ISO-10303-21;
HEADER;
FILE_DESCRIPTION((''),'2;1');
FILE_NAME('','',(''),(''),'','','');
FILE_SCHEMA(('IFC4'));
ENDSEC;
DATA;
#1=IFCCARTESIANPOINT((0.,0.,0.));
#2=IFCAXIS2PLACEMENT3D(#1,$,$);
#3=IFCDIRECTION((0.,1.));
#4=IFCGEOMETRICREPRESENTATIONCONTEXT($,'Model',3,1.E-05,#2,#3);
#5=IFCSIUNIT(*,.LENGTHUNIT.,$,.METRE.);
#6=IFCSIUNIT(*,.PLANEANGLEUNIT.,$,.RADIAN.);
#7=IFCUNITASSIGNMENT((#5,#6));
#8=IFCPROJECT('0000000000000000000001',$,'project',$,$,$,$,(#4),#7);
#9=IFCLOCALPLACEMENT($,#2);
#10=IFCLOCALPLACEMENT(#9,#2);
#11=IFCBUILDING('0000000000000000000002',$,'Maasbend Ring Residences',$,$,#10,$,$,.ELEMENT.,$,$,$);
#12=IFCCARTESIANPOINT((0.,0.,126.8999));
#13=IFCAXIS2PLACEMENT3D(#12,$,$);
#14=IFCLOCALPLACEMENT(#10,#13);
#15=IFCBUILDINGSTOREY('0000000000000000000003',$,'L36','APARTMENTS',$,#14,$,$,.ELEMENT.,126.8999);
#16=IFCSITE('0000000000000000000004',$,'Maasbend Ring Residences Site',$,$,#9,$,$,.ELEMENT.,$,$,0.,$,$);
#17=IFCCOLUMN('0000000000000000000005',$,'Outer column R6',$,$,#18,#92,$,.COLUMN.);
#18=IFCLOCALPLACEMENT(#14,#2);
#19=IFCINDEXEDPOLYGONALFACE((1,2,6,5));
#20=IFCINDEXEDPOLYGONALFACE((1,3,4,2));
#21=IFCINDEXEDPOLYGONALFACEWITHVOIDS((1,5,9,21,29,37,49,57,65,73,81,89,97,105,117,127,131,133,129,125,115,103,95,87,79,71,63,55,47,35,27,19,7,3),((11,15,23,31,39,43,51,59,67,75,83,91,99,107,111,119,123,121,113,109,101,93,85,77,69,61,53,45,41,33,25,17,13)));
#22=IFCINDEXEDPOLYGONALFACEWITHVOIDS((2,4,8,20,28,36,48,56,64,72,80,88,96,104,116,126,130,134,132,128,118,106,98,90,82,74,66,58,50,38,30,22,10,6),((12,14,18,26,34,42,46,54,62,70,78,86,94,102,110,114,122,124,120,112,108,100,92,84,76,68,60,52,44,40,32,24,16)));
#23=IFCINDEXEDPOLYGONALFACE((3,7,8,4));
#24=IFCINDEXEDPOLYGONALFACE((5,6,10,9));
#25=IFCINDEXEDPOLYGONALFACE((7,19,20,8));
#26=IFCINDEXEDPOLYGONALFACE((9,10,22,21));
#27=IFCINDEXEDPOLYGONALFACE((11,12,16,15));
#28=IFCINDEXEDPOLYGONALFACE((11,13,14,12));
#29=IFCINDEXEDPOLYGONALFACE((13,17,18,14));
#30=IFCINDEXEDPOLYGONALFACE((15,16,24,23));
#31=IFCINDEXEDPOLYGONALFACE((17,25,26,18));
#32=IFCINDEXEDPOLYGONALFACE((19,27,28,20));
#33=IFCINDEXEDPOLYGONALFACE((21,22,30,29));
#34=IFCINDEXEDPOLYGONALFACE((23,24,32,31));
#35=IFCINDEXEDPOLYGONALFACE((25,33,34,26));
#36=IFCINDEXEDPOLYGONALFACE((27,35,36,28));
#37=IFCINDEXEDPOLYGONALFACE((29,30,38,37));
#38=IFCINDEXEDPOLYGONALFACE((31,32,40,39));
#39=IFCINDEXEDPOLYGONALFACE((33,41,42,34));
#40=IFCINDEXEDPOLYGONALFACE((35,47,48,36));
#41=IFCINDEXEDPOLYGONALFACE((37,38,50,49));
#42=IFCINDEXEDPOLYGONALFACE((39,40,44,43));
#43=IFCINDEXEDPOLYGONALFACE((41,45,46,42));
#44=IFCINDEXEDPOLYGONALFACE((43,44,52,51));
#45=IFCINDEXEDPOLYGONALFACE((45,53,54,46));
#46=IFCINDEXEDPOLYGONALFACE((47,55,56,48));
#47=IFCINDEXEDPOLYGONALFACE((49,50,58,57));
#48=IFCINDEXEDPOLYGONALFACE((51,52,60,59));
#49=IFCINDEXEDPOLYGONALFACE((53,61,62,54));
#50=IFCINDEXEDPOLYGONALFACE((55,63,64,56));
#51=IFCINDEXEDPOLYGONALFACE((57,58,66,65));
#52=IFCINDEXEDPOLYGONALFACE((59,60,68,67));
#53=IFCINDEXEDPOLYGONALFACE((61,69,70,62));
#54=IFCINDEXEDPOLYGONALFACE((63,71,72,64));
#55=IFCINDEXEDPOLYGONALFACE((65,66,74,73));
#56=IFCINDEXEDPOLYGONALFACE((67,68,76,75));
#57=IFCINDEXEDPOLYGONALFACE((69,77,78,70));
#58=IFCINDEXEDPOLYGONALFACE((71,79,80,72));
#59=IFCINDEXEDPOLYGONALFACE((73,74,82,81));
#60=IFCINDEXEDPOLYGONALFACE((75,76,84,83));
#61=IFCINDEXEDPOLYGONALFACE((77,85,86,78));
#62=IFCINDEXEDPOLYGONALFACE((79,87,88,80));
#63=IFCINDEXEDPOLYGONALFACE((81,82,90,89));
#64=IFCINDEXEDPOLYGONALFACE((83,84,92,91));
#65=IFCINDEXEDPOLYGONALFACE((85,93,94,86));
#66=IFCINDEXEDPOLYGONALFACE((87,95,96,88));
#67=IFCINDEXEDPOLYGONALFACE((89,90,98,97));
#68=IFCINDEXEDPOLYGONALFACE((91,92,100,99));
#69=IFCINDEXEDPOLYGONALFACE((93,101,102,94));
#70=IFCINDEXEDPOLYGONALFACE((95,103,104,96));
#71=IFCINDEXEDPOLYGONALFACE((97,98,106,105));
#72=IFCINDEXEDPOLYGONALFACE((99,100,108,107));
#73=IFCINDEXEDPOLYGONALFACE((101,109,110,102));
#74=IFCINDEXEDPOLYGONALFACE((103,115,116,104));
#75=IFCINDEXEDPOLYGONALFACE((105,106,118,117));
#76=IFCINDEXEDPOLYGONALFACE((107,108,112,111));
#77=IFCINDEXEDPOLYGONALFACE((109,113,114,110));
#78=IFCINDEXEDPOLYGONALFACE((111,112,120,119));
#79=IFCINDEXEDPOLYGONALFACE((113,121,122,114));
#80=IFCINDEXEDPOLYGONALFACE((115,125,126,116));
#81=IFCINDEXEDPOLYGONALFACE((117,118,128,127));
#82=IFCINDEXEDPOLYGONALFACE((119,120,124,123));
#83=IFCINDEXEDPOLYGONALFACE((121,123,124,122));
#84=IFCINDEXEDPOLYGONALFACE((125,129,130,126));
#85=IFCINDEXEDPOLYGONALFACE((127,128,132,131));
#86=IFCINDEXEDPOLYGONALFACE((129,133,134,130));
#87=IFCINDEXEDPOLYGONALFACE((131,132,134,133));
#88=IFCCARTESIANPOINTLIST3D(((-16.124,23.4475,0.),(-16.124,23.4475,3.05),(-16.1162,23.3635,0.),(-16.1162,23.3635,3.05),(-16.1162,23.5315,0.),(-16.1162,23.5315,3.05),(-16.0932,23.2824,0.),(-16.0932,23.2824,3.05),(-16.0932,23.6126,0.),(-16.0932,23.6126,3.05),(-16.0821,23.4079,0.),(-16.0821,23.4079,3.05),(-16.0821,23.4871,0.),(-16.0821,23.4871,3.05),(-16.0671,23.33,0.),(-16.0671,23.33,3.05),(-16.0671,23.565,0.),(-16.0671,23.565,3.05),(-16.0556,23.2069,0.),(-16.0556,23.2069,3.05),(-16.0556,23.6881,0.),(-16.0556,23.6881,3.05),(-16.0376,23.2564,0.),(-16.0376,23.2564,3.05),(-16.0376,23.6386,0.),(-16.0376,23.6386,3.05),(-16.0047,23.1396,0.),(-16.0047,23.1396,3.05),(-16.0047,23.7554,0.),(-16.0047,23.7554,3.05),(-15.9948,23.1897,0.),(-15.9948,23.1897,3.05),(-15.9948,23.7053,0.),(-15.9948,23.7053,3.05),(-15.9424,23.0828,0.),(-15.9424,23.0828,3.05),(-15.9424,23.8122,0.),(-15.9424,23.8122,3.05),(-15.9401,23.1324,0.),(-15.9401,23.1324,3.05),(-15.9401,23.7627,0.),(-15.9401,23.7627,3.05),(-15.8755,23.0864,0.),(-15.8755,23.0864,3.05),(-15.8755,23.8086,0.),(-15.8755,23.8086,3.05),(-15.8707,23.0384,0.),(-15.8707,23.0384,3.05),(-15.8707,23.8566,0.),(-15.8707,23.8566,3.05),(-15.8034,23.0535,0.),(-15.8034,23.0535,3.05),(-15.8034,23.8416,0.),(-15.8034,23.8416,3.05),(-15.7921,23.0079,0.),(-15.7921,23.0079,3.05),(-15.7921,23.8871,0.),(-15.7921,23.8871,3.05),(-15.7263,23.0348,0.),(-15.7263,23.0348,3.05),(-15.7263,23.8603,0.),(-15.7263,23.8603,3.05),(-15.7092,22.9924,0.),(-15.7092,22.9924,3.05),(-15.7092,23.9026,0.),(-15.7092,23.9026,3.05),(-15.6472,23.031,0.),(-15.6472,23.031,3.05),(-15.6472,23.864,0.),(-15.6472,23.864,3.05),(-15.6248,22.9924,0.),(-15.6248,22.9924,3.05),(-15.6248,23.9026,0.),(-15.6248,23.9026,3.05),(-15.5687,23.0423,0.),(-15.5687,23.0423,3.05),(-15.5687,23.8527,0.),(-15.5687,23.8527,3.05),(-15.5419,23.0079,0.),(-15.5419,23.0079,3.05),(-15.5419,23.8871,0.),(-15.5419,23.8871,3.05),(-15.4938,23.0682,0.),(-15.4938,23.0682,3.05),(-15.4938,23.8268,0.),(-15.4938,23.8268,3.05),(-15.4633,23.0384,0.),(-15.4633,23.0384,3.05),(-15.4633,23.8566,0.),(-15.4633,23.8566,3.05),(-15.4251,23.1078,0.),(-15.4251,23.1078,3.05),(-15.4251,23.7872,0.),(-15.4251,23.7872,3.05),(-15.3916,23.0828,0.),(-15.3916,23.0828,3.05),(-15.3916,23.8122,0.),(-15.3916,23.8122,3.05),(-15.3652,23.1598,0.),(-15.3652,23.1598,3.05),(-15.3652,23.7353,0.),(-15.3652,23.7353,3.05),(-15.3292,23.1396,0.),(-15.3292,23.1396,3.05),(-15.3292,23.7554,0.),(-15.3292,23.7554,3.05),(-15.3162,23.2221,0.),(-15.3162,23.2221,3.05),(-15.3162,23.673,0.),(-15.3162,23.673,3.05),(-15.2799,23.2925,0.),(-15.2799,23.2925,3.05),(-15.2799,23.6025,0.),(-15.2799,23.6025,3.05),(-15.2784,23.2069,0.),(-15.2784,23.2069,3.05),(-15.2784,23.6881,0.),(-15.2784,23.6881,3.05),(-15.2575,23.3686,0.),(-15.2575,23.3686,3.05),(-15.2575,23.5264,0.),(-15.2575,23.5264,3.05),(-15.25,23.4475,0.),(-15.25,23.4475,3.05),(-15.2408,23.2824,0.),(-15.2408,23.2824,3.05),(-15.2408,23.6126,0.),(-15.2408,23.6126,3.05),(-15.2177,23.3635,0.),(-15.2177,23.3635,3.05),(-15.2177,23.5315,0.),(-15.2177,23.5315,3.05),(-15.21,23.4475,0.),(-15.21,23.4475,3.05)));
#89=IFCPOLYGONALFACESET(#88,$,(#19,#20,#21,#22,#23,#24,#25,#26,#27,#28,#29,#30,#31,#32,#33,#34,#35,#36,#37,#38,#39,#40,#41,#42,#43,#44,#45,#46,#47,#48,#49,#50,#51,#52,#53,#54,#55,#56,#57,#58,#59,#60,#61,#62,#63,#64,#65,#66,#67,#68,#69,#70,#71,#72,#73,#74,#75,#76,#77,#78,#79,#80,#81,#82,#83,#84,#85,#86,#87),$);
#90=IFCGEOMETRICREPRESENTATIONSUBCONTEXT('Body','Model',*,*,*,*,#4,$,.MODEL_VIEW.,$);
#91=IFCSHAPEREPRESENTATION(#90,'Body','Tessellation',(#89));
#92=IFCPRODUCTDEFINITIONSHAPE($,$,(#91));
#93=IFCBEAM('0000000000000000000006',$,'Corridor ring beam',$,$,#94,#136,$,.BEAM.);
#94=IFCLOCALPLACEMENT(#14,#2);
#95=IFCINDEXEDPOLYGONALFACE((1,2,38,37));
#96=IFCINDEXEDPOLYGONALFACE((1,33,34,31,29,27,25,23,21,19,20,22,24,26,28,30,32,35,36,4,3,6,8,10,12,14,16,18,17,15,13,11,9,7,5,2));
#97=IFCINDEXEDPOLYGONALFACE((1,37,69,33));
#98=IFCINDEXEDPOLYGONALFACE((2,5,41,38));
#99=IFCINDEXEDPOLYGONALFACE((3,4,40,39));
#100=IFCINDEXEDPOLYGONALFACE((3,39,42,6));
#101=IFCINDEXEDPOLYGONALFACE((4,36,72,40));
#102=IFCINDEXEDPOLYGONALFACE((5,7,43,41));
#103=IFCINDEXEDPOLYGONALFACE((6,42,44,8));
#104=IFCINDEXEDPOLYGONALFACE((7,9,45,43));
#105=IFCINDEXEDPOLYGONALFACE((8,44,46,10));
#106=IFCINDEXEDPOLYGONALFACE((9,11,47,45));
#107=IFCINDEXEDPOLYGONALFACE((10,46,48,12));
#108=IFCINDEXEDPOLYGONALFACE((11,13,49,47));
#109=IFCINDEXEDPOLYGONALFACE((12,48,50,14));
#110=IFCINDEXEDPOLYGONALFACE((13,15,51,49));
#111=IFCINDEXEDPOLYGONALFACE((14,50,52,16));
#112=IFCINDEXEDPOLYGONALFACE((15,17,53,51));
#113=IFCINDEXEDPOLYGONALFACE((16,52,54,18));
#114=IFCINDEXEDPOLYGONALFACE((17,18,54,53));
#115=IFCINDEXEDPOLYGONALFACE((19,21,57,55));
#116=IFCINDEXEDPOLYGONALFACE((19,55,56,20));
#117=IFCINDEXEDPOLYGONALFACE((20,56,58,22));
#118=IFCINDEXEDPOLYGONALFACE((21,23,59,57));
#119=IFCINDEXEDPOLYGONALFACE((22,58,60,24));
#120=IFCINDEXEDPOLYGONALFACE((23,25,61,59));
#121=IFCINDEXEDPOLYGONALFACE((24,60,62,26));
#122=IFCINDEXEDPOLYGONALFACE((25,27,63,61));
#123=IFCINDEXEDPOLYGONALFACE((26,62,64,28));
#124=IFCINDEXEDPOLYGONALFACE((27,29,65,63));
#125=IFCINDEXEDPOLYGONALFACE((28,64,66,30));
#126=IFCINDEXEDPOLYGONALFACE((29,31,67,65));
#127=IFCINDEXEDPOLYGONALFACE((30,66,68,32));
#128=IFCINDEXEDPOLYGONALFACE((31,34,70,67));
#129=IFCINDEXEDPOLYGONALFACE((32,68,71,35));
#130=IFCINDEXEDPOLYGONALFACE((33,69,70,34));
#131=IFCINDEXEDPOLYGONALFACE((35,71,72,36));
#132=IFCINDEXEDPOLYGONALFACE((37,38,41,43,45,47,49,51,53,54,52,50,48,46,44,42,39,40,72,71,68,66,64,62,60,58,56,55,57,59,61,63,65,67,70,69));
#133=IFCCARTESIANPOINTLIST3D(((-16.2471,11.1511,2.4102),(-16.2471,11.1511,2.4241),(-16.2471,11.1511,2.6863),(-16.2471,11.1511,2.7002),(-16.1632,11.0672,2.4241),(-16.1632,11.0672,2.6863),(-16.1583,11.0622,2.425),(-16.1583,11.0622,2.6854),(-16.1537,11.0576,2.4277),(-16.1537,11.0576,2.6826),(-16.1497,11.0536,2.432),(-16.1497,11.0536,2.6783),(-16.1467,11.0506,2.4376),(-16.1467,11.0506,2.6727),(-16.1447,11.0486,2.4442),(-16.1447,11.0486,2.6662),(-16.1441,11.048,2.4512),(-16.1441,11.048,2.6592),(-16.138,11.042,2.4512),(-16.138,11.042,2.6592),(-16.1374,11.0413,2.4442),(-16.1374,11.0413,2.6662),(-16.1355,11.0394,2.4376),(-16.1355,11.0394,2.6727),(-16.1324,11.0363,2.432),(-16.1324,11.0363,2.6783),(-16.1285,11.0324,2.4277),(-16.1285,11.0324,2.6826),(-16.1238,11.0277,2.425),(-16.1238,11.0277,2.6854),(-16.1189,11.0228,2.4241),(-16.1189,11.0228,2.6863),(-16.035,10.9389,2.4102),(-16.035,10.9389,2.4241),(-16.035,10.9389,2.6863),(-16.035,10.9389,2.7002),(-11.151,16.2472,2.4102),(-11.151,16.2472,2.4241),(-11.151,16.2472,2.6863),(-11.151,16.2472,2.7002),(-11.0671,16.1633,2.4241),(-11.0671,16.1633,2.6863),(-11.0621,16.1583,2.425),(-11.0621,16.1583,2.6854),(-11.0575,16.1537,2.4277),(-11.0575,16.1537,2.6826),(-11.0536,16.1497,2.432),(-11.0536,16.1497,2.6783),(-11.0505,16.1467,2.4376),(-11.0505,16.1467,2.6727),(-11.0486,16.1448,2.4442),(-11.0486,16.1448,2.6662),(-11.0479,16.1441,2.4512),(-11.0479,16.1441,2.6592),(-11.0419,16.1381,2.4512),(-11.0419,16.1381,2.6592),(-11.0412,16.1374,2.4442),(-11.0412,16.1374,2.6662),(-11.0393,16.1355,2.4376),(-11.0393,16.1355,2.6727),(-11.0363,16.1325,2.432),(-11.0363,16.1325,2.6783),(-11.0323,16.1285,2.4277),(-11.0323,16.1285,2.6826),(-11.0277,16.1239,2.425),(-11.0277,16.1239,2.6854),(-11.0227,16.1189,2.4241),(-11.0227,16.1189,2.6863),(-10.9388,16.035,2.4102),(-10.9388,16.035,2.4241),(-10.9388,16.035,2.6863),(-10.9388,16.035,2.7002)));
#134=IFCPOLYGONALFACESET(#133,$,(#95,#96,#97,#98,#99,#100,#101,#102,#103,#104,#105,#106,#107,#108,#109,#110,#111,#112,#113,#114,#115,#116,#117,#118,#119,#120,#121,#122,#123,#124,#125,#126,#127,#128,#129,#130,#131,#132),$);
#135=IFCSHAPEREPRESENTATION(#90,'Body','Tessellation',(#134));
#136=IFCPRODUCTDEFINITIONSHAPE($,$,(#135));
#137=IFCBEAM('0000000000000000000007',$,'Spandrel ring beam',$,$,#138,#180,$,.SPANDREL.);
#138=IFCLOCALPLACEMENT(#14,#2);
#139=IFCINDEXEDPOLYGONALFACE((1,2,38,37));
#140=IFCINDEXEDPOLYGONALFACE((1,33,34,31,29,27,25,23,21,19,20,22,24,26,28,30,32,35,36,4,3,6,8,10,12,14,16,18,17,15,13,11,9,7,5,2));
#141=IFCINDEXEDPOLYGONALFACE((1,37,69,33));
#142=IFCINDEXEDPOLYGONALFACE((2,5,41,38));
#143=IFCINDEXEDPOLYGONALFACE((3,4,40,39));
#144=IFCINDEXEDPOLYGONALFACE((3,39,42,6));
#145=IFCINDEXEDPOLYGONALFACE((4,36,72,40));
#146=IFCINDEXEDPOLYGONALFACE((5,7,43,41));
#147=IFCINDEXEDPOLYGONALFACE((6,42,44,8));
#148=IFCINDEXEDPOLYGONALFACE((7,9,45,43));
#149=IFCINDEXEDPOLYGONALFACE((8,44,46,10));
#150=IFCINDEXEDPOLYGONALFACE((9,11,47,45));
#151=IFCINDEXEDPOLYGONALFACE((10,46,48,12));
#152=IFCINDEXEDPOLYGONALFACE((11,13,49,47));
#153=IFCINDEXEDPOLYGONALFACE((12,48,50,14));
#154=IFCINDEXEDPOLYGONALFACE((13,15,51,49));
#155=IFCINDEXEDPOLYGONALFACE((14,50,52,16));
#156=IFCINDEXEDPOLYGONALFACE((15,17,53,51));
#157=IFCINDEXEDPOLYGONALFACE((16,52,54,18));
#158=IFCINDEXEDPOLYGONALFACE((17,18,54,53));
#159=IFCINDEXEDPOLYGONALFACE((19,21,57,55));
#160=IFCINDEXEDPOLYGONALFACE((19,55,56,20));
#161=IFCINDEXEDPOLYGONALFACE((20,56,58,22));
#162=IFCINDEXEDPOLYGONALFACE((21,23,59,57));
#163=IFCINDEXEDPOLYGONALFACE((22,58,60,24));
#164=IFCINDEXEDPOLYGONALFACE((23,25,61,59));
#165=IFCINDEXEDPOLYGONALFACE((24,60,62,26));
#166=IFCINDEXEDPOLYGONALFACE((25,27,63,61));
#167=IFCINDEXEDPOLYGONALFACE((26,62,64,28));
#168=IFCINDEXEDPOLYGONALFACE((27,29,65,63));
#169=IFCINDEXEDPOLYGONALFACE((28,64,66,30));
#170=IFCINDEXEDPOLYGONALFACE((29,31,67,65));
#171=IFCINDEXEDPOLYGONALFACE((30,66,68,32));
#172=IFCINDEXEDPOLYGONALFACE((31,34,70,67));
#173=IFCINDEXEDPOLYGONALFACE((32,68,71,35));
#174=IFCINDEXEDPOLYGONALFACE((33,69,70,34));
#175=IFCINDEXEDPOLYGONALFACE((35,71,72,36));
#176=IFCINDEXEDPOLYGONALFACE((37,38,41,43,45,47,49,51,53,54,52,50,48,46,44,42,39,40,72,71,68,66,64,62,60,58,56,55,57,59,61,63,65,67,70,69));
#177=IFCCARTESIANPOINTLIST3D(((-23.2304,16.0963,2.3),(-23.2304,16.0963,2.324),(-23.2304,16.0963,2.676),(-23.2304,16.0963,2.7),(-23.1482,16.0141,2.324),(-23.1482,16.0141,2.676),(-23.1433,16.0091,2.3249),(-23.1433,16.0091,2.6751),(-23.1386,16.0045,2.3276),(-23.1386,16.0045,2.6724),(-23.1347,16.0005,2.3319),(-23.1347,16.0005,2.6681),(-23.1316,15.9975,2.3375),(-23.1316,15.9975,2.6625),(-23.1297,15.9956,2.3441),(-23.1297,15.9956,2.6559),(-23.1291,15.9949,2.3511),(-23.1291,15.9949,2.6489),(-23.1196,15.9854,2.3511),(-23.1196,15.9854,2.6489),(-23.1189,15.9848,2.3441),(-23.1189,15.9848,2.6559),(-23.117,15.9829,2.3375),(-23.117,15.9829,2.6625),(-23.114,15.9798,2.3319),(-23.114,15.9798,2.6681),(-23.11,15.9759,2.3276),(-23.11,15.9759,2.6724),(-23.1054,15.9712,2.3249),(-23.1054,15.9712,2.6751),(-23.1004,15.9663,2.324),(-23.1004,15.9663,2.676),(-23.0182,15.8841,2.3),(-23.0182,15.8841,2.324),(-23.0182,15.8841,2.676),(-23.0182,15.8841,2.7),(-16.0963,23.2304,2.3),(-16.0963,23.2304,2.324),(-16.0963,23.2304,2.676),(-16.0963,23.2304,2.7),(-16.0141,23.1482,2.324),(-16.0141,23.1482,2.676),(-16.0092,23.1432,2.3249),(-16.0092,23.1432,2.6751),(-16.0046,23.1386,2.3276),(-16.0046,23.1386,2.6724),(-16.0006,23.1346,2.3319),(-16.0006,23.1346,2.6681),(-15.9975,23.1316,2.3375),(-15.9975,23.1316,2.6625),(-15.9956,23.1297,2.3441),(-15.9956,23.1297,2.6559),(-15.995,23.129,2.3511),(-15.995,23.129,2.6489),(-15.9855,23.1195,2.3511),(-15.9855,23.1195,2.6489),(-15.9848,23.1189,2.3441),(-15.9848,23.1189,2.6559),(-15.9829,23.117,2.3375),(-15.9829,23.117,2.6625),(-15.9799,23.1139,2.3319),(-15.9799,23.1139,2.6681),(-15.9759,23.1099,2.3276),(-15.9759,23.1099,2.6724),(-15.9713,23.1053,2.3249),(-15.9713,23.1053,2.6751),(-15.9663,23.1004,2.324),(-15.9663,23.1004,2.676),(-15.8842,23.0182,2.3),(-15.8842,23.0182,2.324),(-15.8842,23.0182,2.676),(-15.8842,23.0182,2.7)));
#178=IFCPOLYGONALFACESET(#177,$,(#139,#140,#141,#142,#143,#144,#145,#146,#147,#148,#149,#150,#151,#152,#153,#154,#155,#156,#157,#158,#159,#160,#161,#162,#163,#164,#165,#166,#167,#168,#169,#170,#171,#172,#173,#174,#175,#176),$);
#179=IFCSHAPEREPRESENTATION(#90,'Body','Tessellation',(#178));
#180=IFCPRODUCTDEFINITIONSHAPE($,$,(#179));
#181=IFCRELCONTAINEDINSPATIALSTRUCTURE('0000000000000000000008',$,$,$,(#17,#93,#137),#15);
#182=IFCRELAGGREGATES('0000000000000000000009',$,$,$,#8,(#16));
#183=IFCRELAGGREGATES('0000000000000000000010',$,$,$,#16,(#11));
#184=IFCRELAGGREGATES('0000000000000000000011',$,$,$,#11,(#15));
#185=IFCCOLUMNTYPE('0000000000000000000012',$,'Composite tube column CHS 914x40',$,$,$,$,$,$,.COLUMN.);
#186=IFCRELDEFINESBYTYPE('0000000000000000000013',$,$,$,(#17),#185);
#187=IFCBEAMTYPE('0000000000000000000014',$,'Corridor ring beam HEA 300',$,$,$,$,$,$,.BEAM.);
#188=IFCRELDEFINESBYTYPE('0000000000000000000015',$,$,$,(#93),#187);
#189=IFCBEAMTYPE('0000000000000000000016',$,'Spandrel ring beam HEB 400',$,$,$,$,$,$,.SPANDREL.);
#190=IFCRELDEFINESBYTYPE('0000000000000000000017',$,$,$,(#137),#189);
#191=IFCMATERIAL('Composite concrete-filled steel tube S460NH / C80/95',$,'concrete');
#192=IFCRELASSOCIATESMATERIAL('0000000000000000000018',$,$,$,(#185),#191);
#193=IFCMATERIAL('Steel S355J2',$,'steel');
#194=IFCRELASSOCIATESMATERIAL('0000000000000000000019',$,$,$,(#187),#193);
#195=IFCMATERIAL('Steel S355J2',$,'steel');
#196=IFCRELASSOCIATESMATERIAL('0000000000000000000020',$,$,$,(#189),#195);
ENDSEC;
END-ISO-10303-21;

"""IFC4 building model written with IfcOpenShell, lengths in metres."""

from ifc_helpers import new_model, si_unit, direction, frame, origin, origin_2d, place, context, subcontext, project, spatial, hollow_circle, i_section, extrude, material, material_profile, profile_set, type_object, element, save


model = new_model("IFC4")

# Units and contexts
model_context = context("Model", 3, precision=1e-05, world=origin(), true_north=direction((0.0, 1.0)))
body_context = subcontext(model_context, "Body", "Model", "MODEL_VIEW")
ifc_project = project(units=[si_unit("LENGTHUNIT", "METRE"), si_unit("PLANEANGLEUNIT", "RADIAN")], contexts=[model_context])

# Site, building, storey
site_placement = place(None, origin())
site = spatial("IfcSite", under=ifc_project, at=site_placement, Name="Maasbend Ring Residences Site", CompositionType="ELEMENT", RefElevation=0.0)
building_placement = place(site_placement, origin())
building = spatial("IfcBuilding", under=site, at=building_placement, Name="Maasbend Ring Residences", CompositionType="ELEMENT")
storey_placement = place(building_placement, frame((0.0, 0.0, 126.8999)))
storey = spatial("IfcBuildingStorey", under=building, at=storey_placement, Name="L36", Description="APARTMENTS", CompositionType="ELEMENT", Elevation=126.8999)

# Column
ifc_material_1 = material(Name="Composite concrete-filled steel tube S460NH / C80/95", Category="concrete")
ifc_material_profile_1 = material_profile(ifc_material_1, hollow_circle(Radius=0.457, WallThickness=0.04, at=origin_2d()), Name="Composite tube column CHS 914x40")
ifc_profile_set_1 = profile_set([ifc_material_profile_1], Name="Composite concrete-filled steel tube S460NH / C80/95")
column_type = type_object("IfcColumnType", Name="Composite tube column CHS 914x40", PredefinedType="COLUMN", material=ifc_profile_set_1)
column_placement = place(storey_placement, frame((-15.667, 23.4475, 0.0), z_axis=(0.0, 0.0, 1.0), x_axis=(1.0, 0.0, 0.0)))
element("IfcColumn", 1, at=column_placement, inside=storey, type_object=column_type, Name="Outer column R6", PredefinedType="COLUMN", context=body_context, shape_type="SweptSolid", body=[
    extrude(hollow_circle(Radius=0.457, WallThickness=0.04, at=origin_2d()), origin(), (0.0, 0.0, 1.0), 3.05),
])

# Beams
ifc_material_2 = material(Name="Steel S355J2", Category="steel")
ifc_material_profile_2 = material_profile(ifc_material_2, i_section(OverallWidth=0.3, OverallDepth=0.29, WebThickness=0.0085, FlangeThickness=0.0139, FilletRadius=0.0271, at=origin_2d()), Name="HEA 300")
ifc_profile_set_2 = profile_set([ifc_material_profile_2], Name="Steel S355J2")
beam_type_1 = type_object("IfcBeamType", Name="Corridor ring beam HEA 300", PredefinedType="BEAM", material=ifc_profile_set_2)
beam_1_placement = place(storey_placement, frame((-11.0449, 16.1411, 2.5552), z_axis=(-0.707107, -0.707107, 0.0), x_axis=(0.707107, -0.707107, 0.0)))
element("IfcBeam", 2, at=beam_1_placement, inside=storey, type_object=beam_type_1, Name="Corridor ring beam", PredefinedType="BEAM", context=body_context, shape_type="SweptSolid", body=[
    extrude(i_section(OverallWidth=0.3, OverallDepth=0.29, WebThickness=0.0085, FlangeThickness=0.0139, FilletRadius=0.0271, at=origin_2d()), origin(), (0.0, 0.0, 1.0), 7.207),
])
ifc_material_3 = material(Name="Steel S355J2", Category="steel")
ifc_material_profile_3 = material_profile(ifc_material_3, i_section(OverallWidth=0.3, OverallDepth=0.3999, WebThickness=0.0134, FlangeThickness=0.0239, FilletRadius=0.0271, at=origin_2d()), Name="HEB 400")
ifc_profile_set_3 = profile_set([ifc_material_profile_3], Name="Steel S355J2")
beam_type_2 = type_object("IfcBeamType", Name="Spandrel ring beam HEB 400", PredefinedType="SPANDREL", material=ifc_profile_set_3)
beam_2_placement = place(storey_placement, frame((-15.9902, 23.1243, 2.5), z_axis=(-0.707107, -0.707107, 0.0), x_axis=(0.707107, -0.707107, 0.0)))
element("IfcBeam", 3, at=beam_2_placement, inside=storey, type_object=beam_type_2, Name="Spandrel ring beam", PredefinedType="SPANDREL", context=body_context, shape_type="SweptSolid", body=[
    extrude(i_section(OverallWidth=0.3, OverallDepth=0.3999, WebThickness=0.0134, FlangeThickness=0.0239, FilletRadius=0.0271, at=origin_2d()), origin(), (0.0, 0.0, 1.0), 10.0891),
])

save(model, "model.ifc")
